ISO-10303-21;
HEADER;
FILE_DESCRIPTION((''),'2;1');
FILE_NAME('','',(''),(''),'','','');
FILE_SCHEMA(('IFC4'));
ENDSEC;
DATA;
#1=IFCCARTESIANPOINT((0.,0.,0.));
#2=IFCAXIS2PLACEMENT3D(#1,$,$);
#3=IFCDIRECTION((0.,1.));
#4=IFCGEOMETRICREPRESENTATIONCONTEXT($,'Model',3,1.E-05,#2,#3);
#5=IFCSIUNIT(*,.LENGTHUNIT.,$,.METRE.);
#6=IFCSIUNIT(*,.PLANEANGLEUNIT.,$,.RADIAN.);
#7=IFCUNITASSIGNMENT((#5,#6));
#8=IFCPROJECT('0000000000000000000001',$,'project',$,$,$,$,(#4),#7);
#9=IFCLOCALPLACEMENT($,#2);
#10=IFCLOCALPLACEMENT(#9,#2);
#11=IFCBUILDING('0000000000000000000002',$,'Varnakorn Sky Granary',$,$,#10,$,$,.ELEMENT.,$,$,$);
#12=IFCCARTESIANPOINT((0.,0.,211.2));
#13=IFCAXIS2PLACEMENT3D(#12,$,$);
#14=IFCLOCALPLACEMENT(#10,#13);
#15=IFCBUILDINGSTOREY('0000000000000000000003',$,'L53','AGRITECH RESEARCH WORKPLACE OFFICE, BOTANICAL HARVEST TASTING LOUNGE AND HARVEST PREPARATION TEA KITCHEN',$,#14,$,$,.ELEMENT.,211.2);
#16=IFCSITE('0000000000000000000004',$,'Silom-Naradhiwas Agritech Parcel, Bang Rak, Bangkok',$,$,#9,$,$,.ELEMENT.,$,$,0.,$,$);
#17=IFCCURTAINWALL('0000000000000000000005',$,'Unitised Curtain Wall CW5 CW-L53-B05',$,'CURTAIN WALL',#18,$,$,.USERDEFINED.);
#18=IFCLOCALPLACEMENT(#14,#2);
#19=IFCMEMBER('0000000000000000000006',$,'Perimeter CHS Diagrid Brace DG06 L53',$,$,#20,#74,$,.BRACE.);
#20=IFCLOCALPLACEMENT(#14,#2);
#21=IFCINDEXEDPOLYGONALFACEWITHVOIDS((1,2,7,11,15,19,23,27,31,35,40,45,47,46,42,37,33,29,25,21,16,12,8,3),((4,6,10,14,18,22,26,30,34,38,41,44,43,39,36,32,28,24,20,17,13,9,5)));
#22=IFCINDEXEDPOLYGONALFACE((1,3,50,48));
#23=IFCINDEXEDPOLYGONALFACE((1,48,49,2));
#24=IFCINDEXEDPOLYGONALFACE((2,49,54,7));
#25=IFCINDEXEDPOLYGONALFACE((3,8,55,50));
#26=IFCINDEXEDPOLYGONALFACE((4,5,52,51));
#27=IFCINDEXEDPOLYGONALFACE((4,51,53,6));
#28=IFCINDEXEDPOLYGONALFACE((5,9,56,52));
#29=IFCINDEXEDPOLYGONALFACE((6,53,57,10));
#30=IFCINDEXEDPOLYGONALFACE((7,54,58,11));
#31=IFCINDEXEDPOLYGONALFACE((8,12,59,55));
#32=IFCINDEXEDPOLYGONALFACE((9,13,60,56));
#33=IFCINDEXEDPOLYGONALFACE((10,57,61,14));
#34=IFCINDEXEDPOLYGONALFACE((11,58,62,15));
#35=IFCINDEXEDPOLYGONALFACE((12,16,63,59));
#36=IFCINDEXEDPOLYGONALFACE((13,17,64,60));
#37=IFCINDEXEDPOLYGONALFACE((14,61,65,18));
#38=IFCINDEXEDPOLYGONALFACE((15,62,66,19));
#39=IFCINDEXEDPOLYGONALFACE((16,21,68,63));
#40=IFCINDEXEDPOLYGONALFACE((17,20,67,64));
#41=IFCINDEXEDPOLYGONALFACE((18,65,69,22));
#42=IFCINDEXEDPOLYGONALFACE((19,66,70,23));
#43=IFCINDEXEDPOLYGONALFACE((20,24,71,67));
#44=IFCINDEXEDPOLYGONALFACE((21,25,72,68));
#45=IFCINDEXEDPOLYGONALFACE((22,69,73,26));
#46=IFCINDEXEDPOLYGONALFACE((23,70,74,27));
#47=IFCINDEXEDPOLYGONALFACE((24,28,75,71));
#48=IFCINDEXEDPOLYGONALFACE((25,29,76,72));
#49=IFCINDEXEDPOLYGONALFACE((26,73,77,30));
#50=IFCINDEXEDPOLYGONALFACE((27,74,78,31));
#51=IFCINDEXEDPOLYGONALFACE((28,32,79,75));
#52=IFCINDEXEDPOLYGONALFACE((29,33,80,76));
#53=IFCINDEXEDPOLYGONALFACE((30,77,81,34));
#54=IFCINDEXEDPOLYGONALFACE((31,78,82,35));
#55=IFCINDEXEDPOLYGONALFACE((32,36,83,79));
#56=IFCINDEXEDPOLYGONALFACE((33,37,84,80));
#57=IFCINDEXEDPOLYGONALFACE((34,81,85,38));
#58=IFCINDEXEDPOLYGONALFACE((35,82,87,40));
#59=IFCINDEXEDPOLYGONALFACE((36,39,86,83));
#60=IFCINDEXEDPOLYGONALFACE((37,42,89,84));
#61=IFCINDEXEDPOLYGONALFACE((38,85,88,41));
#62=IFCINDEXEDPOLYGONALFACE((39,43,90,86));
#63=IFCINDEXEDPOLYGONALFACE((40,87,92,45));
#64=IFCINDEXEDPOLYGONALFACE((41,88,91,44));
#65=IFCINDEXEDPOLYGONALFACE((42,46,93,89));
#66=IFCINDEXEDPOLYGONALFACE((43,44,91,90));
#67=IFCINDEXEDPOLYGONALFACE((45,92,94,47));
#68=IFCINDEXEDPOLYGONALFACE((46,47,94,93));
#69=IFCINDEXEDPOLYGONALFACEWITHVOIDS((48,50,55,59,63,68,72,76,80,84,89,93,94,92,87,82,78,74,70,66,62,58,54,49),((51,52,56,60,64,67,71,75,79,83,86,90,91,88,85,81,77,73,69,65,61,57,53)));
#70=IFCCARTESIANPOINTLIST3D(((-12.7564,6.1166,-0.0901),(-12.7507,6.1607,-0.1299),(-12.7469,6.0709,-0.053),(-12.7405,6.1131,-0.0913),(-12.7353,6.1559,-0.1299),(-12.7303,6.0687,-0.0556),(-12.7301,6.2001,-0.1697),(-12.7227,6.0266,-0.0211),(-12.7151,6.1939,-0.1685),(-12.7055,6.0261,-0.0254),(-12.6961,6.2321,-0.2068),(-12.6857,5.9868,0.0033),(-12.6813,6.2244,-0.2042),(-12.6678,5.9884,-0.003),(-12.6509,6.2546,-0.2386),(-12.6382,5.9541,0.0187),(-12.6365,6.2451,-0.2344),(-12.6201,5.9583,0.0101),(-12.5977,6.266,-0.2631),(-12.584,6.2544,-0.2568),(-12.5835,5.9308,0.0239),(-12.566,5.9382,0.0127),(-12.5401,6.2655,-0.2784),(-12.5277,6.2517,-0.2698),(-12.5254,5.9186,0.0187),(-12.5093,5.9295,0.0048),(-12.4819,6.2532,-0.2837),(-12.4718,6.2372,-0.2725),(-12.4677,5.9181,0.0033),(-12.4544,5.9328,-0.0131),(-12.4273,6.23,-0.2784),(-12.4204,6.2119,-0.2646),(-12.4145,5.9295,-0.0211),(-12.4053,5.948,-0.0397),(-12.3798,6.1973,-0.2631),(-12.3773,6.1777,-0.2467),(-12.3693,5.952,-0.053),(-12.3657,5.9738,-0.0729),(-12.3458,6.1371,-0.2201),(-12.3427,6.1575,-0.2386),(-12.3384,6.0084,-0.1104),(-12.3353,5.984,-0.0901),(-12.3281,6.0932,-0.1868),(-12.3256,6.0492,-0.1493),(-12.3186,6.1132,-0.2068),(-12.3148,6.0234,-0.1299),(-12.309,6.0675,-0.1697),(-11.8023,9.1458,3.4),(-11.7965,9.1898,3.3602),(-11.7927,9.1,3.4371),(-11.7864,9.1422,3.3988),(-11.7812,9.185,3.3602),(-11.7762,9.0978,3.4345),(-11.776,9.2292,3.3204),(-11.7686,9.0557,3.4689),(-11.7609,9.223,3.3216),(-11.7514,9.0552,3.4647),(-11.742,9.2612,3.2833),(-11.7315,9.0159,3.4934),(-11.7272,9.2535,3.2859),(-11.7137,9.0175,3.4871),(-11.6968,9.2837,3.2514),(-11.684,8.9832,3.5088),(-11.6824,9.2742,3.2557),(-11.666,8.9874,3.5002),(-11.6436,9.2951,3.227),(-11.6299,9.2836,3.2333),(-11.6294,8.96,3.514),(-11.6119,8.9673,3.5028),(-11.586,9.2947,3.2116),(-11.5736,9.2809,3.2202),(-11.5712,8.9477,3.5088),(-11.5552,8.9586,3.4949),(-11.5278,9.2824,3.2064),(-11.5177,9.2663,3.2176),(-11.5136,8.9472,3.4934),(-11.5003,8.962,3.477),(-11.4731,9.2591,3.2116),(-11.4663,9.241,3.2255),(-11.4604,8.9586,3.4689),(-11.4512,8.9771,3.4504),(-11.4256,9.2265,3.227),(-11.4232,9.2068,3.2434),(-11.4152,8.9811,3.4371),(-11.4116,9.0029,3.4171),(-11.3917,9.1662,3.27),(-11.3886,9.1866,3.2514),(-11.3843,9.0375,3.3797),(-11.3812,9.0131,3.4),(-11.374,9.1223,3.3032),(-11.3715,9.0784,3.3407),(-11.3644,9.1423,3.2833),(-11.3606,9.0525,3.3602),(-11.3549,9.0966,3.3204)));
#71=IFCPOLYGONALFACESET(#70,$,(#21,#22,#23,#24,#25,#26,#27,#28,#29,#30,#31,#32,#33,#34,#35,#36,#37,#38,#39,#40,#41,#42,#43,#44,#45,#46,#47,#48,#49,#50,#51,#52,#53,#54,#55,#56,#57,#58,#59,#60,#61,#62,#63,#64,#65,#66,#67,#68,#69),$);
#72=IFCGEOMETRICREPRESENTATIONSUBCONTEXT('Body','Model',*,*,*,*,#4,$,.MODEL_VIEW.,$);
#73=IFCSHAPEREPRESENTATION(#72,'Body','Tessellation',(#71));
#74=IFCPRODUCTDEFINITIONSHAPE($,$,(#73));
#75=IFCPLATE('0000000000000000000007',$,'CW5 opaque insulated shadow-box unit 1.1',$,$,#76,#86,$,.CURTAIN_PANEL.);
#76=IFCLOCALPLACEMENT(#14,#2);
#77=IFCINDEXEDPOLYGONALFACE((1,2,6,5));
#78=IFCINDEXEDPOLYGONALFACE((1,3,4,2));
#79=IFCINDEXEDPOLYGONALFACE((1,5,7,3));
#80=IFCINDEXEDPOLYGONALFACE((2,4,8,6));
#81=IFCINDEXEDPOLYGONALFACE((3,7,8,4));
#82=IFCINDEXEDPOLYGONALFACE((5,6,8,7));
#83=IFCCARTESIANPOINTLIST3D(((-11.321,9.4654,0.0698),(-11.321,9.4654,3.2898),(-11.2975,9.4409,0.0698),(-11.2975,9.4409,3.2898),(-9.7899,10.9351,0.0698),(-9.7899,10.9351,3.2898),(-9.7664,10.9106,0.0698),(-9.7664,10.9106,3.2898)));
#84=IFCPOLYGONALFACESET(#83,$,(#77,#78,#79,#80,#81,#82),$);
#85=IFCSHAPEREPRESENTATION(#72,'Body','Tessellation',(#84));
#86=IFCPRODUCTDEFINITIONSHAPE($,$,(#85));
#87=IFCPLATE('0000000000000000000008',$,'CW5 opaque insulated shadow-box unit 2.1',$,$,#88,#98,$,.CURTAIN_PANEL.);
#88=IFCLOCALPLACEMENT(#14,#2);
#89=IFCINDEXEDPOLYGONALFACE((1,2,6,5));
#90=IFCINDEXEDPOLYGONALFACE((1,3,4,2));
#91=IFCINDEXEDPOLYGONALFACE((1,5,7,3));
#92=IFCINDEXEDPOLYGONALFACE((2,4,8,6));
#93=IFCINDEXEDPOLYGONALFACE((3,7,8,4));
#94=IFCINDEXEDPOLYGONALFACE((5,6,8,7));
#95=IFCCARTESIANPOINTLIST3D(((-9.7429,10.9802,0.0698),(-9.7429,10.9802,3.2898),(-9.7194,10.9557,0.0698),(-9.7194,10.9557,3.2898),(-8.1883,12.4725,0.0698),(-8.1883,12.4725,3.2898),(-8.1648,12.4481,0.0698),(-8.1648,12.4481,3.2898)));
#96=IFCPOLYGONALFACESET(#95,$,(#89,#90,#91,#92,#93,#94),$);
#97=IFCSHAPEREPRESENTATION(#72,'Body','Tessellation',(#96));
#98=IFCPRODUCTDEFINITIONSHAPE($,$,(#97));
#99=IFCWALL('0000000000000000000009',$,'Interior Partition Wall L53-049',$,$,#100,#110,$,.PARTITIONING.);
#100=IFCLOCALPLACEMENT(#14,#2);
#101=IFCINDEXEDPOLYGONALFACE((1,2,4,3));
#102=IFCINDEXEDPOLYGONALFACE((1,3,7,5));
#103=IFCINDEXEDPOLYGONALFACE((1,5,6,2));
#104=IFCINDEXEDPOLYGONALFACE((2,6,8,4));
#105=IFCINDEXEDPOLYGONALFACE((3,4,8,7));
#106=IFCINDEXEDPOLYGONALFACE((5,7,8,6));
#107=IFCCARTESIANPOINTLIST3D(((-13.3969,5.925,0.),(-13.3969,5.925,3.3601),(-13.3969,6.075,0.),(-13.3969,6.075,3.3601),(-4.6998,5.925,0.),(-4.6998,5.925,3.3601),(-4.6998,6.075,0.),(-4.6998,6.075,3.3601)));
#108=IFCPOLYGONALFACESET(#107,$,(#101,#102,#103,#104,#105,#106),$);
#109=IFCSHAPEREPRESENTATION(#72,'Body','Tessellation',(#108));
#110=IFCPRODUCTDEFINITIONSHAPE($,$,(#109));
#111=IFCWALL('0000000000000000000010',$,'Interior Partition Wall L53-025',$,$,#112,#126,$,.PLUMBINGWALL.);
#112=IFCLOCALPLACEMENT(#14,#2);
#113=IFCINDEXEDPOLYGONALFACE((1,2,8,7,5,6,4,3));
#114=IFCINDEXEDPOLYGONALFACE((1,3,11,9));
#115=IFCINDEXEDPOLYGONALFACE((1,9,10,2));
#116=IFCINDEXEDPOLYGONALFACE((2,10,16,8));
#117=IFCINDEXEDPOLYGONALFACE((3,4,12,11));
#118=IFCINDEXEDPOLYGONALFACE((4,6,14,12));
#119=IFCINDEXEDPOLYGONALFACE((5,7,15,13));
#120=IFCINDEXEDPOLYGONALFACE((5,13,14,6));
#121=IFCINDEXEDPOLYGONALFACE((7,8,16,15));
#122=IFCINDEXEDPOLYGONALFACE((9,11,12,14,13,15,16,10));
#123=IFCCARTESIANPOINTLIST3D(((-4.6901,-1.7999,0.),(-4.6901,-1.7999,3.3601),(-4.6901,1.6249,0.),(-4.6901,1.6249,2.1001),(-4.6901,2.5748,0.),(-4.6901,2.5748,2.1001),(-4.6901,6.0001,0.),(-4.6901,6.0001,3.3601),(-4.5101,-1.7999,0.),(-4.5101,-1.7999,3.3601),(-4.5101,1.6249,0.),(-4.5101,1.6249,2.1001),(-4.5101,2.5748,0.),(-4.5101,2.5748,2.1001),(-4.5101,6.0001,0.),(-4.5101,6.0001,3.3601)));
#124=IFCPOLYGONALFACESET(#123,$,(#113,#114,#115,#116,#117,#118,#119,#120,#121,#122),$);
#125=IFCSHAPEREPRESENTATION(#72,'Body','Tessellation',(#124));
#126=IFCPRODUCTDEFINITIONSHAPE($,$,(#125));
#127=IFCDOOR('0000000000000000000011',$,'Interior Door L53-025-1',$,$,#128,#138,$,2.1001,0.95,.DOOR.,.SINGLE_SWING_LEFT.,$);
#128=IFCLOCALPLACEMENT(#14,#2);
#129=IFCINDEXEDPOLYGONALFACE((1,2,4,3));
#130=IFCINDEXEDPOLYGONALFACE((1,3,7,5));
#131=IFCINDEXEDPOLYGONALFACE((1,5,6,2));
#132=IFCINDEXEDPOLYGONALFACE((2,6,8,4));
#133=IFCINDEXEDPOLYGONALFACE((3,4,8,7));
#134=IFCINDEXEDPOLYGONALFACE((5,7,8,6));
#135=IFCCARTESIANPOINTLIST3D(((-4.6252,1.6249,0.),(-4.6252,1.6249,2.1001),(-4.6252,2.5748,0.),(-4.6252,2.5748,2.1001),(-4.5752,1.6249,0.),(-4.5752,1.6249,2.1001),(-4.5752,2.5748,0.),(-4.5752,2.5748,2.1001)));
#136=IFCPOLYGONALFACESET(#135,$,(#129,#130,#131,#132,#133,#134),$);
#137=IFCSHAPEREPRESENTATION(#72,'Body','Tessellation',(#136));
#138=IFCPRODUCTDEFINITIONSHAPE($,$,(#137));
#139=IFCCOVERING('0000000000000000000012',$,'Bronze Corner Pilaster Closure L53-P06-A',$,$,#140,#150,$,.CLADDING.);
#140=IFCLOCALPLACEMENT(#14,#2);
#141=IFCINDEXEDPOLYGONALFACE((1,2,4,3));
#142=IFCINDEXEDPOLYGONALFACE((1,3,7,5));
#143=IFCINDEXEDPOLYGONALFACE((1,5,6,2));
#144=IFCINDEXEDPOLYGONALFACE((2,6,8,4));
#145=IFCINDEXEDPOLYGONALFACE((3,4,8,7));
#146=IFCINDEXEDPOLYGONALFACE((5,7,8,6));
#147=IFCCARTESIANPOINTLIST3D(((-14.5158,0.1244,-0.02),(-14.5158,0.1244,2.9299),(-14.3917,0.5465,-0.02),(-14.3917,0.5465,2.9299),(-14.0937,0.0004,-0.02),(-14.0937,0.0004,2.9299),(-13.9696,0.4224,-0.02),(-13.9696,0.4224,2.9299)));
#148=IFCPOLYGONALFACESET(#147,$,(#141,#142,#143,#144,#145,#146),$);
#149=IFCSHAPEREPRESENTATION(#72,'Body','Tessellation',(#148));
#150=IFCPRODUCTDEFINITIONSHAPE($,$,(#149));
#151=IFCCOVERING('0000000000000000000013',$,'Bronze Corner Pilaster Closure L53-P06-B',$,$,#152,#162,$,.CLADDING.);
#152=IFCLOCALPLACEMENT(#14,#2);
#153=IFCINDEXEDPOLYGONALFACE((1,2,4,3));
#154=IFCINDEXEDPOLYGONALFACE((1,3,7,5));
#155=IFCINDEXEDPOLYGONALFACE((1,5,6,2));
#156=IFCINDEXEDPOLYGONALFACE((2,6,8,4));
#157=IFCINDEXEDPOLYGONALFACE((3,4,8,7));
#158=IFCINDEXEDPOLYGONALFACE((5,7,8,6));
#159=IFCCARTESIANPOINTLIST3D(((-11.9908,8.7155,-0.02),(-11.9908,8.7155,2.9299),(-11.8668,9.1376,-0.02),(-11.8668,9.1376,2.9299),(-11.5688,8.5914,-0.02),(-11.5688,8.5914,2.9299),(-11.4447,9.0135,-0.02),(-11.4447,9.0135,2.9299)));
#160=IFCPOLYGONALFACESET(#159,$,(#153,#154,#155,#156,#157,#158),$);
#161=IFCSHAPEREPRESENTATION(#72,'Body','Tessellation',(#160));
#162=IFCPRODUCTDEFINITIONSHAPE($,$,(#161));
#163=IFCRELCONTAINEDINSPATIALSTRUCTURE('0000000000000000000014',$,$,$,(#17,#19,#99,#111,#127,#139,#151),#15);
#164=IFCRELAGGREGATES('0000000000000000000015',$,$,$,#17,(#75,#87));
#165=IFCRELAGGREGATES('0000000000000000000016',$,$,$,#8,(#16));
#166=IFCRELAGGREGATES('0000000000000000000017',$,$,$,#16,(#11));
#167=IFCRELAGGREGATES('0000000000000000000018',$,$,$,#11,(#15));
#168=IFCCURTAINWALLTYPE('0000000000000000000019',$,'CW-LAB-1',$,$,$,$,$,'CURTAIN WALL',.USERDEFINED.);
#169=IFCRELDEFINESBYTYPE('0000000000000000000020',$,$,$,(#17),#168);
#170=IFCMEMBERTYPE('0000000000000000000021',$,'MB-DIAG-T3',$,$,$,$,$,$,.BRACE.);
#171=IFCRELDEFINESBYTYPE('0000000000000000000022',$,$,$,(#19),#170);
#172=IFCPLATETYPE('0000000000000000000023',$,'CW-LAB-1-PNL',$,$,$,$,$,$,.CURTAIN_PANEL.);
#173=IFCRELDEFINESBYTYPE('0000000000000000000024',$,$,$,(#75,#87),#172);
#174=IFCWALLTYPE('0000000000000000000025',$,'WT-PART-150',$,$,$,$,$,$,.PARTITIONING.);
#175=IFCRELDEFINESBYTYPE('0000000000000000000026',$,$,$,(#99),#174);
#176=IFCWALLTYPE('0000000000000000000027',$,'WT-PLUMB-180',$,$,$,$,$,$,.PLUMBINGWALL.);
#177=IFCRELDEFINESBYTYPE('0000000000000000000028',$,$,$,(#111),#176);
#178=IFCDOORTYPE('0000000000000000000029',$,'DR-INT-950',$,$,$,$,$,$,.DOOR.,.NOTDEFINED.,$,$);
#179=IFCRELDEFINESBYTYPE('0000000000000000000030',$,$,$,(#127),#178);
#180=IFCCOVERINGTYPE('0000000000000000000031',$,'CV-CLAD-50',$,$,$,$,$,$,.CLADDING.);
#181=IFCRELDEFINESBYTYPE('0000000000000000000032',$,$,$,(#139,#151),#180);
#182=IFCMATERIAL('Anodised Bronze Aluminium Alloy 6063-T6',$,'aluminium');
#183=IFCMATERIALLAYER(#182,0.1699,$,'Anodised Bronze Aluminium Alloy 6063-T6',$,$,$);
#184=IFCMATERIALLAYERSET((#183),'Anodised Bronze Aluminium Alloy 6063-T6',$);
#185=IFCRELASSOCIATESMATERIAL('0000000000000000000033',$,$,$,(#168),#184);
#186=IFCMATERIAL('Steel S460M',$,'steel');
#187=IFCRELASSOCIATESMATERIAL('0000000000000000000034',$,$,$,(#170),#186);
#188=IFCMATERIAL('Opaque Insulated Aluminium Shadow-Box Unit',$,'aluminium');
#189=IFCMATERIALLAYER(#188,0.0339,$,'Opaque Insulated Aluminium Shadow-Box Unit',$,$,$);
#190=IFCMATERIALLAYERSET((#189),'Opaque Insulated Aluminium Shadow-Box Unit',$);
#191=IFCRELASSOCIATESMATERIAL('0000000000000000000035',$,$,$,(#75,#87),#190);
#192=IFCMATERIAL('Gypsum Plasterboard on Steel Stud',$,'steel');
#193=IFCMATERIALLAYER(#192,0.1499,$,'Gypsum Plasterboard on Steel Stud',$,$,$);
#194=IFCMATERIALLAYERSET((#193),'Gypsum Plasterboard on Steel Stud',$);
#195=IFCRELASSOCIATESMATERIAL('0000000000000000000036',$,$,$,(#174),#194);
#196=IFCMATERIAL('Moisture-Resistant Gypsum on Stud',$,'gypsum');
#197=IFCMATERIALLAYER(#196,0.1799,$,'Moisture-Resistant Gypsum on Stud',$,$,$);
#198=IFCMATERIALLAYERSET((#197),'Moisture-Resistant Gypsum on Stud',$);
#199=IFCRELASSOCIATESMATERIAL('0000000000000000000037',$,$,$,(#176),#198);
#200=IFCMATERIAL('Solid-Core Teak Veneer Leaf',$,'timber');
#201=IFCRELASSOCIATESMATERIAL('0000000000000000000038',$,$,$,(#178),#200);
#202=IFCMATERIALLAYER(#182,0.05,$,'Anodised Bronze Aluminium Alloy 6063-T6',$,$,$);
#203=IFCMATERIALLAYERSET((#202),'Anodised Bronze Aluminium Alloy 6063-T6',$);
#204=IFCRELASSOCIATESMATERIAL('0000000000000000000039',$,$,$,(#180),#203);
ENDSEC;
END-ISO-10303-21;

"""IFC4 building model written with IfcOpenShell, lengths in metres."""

from ifc_helpers import new_model, si_unit, direction, frame, frame_2d, origin, origin_2d, place, context, subcontext, project, spatial, rectangle, hollow_circle, extrude, source, transform, mapped, material, layer, layer_set, material_profile, profile_set, type_object, type_shapes, element, fill, aggregate, save


model = new_model("IFC4")

# Units and contexts
model_context = context("Model", 3, precision=1e-05, world=origin(), true_north=direction((0.0, 1.0)))
body_context = subcontext(model_context, "Body", "Model", "MODEL_VIEW")
ifc_project = project(units=[si_unit("LENGTHUNIT", "METRE"), si_unit("PLANEANGLEUNIT", "RADIAN")], contexts=[model_context])

# Site, building, storey
site_placement = place(None, origin())
site = spatial("IfcSite", under=ifc_project, at=site_placement, Name="Silom-Naradhiwas Agritech Parcel, Bang Rak, Bangkok", CompositionType="ELEMENT", RefElevation=0.0)
building_placement = place(site_placement, origin())
building = spatial("IfcBuilding", under=site, at=building_placement, Name="Varnakorn Sky Granary", CompositionType="ELEMENT")
storey_placement = place(building_placement, frame((0.0, 0.0, 211.2)))
storey = spatial("IfcBuildingStorey", under=building, at=storey_placement, Name="L53", Description="AGRITECH RESEARCH WORKPLACE OFFICE, BOTANICAL HARVEST TASTING LOUNGE AND HARVEST PREPARATION TEA KITCHEN", CompositionType="ELEMENT", Elevation=211.2)

# Shared definitions
ifc_material_1 = material(Name="Steel S460M", Category="steel")

# Curtain wall
ifc_material_2 = material(Name="Anodised Bronze Aluminium Alloy 6063-T6", Category="aluminium")
ifc_layer_1 = layer(ifc_material_2, 0.1699, Name="Anodised Bronze Aluminium Alloy 6063-T6")
ifc_layer_set_1 = layer_set([ifc_layer_1], Name="Anodised Bronze Aluminium Alloy 6063-T6")
curtain_wall_type = type_object("IfcCurtainWallType", Name="CW-LAB-1", ElementType="CURTAIN WALL", PredefinedType="USERDEFINED", material=ifc_layer_set_1)
curtain_wall_placement = place(storey_placement, origin())
curtain_wall = element("IfcCurtainWall", 1, at=curtain_wall_placement, inside=storey, type_object=curtain_wall_type, Name="Unitised Curtain Wall CW5 CW-L53-B05", ObjectType="CURTAIN WALL", PredefinedType="USERDEFINED")

# Member
ifc_material_profile_1 = material_profile(ifc_material_1, hollow_circle(Radius=0.2285, WallThickness=0.0161, at=origin_2d()), Name="CHS 457x16")
ifc_profile_set_1 = profile_set([ifc_material_profile_1], Name="Steel S460M")
member_type_1 = type_object("IfcMemberType", Name="MB-DIAG-T3", PredefinedType="BRACE", material=ifc_profile_set_1)
member_1_placement = place(storey_placement, frame((-12.5327, 6.092, -0.1299), z_axis=(0.202199, 0.641934, 0.739619), x_axis=(-0.953803, 0.300432, 0.0)))
element("IfcMember", 2, at=member_1_placement, inside=storey, type_object=member_type_1, Name="Perimeter CHS Diagrid Brace DG06 L53", PredefinedType="BRACE", context=body_context, shape_type="SweptSolid", body=[
    extrude(hollow_circle(Radius=0.2285, WallThickness=0.0161, at=origin_2d()), origin(), (0.0, 0.0, 1.0), 4.7188),
])

# Plates
ifc_material_3 = material(Name="Opaque Insulated Aluminium Shadow-Box Unit", Category="aluminium")
ifc_layer_2 = layer(ifc_material_3, 0.0339, Name="Opaque Insulated Aluminium Shadow-Box Unit")
ifc_layer_set_2 = layer_set([ifc_layer_2], Name="Opaque Insulated Aluminium Shadow-Box Unit")
plate_type = type_object("IfcPlateType", Name="CW-LAB-1-PNL", PredefinedType="CURTAIN_PANEL")
shared_shape_1 = source(origin(), body_context, "Body", "SweptSolid", [
    extrude(rectangle(XDim=2.1223, YDim=0.0339, at=origin_2d()), origin(), (0.0, 0.0, 1.0), 3.22),
])
plate_1_placement = place(storey_placement, frame((-10.5437, 10.188, 0.0698), z_axis=(0.0, 0.0, 1.0), x_axis=(0.721402, 0.692516, 0.0)))
plate_1 = element("IfcPlate", 3, at=plate_1_placement, type_object=plate_type, material=ifc_layer_set_2, Name="CW5 opaque insulated shadow-box unit 1.1", PredefinedType="CURTAIN_PANEL", context=body_context, shape_type="MappedRepresentation", body=[
    mapped(shared_shape_1, transform((0.0, 0.0, 0.0), x_axis=(1.0, 0.0, 0.0), y_axis=(0.0, 1.0, 0.0), z_axis=(0.0, 0.0, 1.0), scale=1.0)),
])
shared_shape_2 = source(origin(), body_context, "Body", "SweptSolid", [
    extrude(rectangle(XDim=2.155, YDim=0.0339, at=origin_2d()), origin(), (0.0, 0.0, 1.0), 3.22),
])
type_shapes(plate_type, [shared_shape_1, shared_shape_2])
plate_2_placement = place(storey_placement, frame((-8.9539, 11.7141, 0.0698), z_axis=(0.0, 0.0, 1.0), x_axis=(0.721402, 0.692516, 0.0)))
plate_2 = element("IfcPlate", 4, at=plate_2_placement, type_object=plate_type, material=ifc_layer_set_2, Name="CW5 opaque insulated shadow-box unit 2.1", PredefinedType="CURTAIN_PANEL", context=body_context, shape_type="MappedRepresentation", body=[
    mapped(shared_shape_2, transform((0.0, 0.0, 0.0), x_axis=(1.0, 0.0, 0.0), y_axis=(0.0, 1.0, 0.0), z_axis=(0.0, 0.0, 1.0), scale=1.0)),
])
aggregate(curtain_wall, [plate_1, plate_2])

# Wall
ifc_material_4 = material(Name="Gypsum Plasterboard on Steel Stud", Category="steel")
ifc_layer_3 = layer(ifc_material_4, 0.1499, Name="Gypsum Plasterboard on Steel Stud")
ifc_layer_set_3 = layer_set([ifc_layer_3], Name="Gypsum Plasterboard on Steel Stud")
wall_type_1 = type_object("IfcWallType", Name="WT-PART-150", PredefinedType="PARTITIONING", material=ifc_layer_set_3)
wall_1_placement = place(storey_placement, frame((-13.397, 6.0, 0.0), z_axis=(0.0, 0.0, 1.0), x_axis=(1.0, 0.0, 0.0)))
element("IfcWall", 5, at=wall_1_placement, inside=storey, type_object=wall_type_1, Name="Interior Partition Wall L53-049", PredefinedType="PARTITIONING", context=body_context, shape_type="SweptSolid", body=[
    extrude(rectangle(XDim=8.697, YDim=0.1499, at=frame_2d((4.3486, 0.0))), origin(), (0.0, 0.0, 1.0), 3.3601),
])

# Wall, opening, door
ifc_material_5 = material(Name="Moisture-Resistant Gypsum on Stud", Category="gypsum")
ifc_layer_4 = layer(ifc_material_5, 0.1799, Name="Moisture-Resistant Gypsum on Stud")
ifc_layer_set_4 = layer_set([ifc_layer_4], Name="Moisture-Resistant Gypsum on Stud")
wall_type_2 = type_object("IfcWallType", Name="WT-PLUMB-180", PredefinedType="PLUMBINGWALL", material=ifc_layer_set_4)
wall_2_placement = place(storey_placement, frame((-4.6001, 6.0, 0.0), z_axis=(0.0, 0.0, 1.0), x_axis=(0.0, -1.0, 0.0)))
wall_2 = element("IfcWall", 6, at=wall_2_placement, inside=storey, type_object=wall_type_2, Name="Interior Partition Wall L53-025", PredefinedType="PLUMBINGWALL", context=body_context, shape_type="SweptSolid", body=[
    extrude(rectangle(XDim=7.8, YDim=0.1799, at=frame_2d((3.8999, 0.0))), origin(), (0.0, 0.0, 1.0), 3.3601),
])
opening_placement = place(wall_2_placement, frame((3.425, 0.0, 0.0)))
opening = element("IfcOpeningElement", 7, at=opening_placement, cuts=wall_2, PredefinedType="OPENING", context=body_context, shape_type="SweptSolid", body=[
    extrude(rectangle(XDim=0.95, YDim=2.1001, at=frame_2d((0.4751, 1.05))), frame((0.0, 0.1001, 0.0), z_axis=(0.0, -1.0, 0.0), x_axis=(1.0, 0.0, 0.0)), (0.0, 0.0, 1.0), 0.2),
])
ifc_material_6 = material(Name="Solid-Core Teak Veneer Leaf", Category="timber")
door_type = type_object("IfcDoorType", Name="DR-INT-950", OperationType="NOTDEFINED", PredefinedType="DOOR", material=ifc_material_6)
door_placement = place(opening_placement, origin())
door = element("IfcDoor", 8, at=door_placement, inside=storey, type_object=door_type, Name="Interior Door L53-025-1", OperationType="SINGLE_SWING_LEFT", OverallHeight=2.1001, OverallWidth=0.95, PredefinedType="DOOR", context=body_context, shape_type="SweptSolid", body=[
    extrude(rectangle(XDim=0.95, YDim=2.1001, at=frame_2d((0.4751, 1.05))), frame((0.0, 0.0249, 0.0), z_axis=(0.0, -1.0, 0.0), x_axis=(1.0, 0.0, 0.0)), (0.0, 0.0, 1.0), 0.05),
])
fill(opening, door)

# Coverings
ifc_layer_5 = layer(ifc_material_2, 0.05, Name="Anodised Bronze Aluminium Alloy 6063-T6")
ifc_layer_set_5 = layer_set([ifc_layer_5], Name="Anodised Bronze Aluminium Alloy 6063-T6")
covering_type = type_object("IfcCoveringType", Name="CV-CLAD-50", PredefinedType="CLADDING", material=ifc_layer_set_5)
shared_shape_3 = source(origin(), body_context, "Body", "SweptSolid", [
    extrude(rectangle(XDim=0.4399, YDim=0.4399, at=origin_2d()), origin(), (0.0, 0.0, 1.0), 2.95),
])
type_shapes(covering_type, [shared_shape_3])
for number, where, z_axis, x_axis, name in (
    (9, (-14.2427, 0.2734, -0.02), (0.0, 0.0, 1.0), (0.282007, 0.959412, 0.0), "Bronze Corner Pilaster Closure L53-P06-A"),
    (10, (-11.7178, 8.8645, -0.02), (0.0, 0.0, 1.0), (0.282007, 0.959412, 0.0), "Bronze Corner Pilaster Closure L53-P06-B"),
):
    element("IfcCovering", number, at=place(storey_placement, frame(where, z_axis=z_axis, x_axis=x_axis)), inside=storey, type_object=covering_type, Name=name, PredefinedType="CLADDING", context=body_context, shape_type="MappedRepresentation", body=[
        mapped(shared_shape_3, transform((0.0, 0.0, 0.0), x_axis=(1.0, 0.0, 0.0), y_axis=(0.0, 1.0, 0.0), z_axis=(0.0, 0.0, 1.0), scale=1.0)),
    ])

save(model, "model.ifc")
